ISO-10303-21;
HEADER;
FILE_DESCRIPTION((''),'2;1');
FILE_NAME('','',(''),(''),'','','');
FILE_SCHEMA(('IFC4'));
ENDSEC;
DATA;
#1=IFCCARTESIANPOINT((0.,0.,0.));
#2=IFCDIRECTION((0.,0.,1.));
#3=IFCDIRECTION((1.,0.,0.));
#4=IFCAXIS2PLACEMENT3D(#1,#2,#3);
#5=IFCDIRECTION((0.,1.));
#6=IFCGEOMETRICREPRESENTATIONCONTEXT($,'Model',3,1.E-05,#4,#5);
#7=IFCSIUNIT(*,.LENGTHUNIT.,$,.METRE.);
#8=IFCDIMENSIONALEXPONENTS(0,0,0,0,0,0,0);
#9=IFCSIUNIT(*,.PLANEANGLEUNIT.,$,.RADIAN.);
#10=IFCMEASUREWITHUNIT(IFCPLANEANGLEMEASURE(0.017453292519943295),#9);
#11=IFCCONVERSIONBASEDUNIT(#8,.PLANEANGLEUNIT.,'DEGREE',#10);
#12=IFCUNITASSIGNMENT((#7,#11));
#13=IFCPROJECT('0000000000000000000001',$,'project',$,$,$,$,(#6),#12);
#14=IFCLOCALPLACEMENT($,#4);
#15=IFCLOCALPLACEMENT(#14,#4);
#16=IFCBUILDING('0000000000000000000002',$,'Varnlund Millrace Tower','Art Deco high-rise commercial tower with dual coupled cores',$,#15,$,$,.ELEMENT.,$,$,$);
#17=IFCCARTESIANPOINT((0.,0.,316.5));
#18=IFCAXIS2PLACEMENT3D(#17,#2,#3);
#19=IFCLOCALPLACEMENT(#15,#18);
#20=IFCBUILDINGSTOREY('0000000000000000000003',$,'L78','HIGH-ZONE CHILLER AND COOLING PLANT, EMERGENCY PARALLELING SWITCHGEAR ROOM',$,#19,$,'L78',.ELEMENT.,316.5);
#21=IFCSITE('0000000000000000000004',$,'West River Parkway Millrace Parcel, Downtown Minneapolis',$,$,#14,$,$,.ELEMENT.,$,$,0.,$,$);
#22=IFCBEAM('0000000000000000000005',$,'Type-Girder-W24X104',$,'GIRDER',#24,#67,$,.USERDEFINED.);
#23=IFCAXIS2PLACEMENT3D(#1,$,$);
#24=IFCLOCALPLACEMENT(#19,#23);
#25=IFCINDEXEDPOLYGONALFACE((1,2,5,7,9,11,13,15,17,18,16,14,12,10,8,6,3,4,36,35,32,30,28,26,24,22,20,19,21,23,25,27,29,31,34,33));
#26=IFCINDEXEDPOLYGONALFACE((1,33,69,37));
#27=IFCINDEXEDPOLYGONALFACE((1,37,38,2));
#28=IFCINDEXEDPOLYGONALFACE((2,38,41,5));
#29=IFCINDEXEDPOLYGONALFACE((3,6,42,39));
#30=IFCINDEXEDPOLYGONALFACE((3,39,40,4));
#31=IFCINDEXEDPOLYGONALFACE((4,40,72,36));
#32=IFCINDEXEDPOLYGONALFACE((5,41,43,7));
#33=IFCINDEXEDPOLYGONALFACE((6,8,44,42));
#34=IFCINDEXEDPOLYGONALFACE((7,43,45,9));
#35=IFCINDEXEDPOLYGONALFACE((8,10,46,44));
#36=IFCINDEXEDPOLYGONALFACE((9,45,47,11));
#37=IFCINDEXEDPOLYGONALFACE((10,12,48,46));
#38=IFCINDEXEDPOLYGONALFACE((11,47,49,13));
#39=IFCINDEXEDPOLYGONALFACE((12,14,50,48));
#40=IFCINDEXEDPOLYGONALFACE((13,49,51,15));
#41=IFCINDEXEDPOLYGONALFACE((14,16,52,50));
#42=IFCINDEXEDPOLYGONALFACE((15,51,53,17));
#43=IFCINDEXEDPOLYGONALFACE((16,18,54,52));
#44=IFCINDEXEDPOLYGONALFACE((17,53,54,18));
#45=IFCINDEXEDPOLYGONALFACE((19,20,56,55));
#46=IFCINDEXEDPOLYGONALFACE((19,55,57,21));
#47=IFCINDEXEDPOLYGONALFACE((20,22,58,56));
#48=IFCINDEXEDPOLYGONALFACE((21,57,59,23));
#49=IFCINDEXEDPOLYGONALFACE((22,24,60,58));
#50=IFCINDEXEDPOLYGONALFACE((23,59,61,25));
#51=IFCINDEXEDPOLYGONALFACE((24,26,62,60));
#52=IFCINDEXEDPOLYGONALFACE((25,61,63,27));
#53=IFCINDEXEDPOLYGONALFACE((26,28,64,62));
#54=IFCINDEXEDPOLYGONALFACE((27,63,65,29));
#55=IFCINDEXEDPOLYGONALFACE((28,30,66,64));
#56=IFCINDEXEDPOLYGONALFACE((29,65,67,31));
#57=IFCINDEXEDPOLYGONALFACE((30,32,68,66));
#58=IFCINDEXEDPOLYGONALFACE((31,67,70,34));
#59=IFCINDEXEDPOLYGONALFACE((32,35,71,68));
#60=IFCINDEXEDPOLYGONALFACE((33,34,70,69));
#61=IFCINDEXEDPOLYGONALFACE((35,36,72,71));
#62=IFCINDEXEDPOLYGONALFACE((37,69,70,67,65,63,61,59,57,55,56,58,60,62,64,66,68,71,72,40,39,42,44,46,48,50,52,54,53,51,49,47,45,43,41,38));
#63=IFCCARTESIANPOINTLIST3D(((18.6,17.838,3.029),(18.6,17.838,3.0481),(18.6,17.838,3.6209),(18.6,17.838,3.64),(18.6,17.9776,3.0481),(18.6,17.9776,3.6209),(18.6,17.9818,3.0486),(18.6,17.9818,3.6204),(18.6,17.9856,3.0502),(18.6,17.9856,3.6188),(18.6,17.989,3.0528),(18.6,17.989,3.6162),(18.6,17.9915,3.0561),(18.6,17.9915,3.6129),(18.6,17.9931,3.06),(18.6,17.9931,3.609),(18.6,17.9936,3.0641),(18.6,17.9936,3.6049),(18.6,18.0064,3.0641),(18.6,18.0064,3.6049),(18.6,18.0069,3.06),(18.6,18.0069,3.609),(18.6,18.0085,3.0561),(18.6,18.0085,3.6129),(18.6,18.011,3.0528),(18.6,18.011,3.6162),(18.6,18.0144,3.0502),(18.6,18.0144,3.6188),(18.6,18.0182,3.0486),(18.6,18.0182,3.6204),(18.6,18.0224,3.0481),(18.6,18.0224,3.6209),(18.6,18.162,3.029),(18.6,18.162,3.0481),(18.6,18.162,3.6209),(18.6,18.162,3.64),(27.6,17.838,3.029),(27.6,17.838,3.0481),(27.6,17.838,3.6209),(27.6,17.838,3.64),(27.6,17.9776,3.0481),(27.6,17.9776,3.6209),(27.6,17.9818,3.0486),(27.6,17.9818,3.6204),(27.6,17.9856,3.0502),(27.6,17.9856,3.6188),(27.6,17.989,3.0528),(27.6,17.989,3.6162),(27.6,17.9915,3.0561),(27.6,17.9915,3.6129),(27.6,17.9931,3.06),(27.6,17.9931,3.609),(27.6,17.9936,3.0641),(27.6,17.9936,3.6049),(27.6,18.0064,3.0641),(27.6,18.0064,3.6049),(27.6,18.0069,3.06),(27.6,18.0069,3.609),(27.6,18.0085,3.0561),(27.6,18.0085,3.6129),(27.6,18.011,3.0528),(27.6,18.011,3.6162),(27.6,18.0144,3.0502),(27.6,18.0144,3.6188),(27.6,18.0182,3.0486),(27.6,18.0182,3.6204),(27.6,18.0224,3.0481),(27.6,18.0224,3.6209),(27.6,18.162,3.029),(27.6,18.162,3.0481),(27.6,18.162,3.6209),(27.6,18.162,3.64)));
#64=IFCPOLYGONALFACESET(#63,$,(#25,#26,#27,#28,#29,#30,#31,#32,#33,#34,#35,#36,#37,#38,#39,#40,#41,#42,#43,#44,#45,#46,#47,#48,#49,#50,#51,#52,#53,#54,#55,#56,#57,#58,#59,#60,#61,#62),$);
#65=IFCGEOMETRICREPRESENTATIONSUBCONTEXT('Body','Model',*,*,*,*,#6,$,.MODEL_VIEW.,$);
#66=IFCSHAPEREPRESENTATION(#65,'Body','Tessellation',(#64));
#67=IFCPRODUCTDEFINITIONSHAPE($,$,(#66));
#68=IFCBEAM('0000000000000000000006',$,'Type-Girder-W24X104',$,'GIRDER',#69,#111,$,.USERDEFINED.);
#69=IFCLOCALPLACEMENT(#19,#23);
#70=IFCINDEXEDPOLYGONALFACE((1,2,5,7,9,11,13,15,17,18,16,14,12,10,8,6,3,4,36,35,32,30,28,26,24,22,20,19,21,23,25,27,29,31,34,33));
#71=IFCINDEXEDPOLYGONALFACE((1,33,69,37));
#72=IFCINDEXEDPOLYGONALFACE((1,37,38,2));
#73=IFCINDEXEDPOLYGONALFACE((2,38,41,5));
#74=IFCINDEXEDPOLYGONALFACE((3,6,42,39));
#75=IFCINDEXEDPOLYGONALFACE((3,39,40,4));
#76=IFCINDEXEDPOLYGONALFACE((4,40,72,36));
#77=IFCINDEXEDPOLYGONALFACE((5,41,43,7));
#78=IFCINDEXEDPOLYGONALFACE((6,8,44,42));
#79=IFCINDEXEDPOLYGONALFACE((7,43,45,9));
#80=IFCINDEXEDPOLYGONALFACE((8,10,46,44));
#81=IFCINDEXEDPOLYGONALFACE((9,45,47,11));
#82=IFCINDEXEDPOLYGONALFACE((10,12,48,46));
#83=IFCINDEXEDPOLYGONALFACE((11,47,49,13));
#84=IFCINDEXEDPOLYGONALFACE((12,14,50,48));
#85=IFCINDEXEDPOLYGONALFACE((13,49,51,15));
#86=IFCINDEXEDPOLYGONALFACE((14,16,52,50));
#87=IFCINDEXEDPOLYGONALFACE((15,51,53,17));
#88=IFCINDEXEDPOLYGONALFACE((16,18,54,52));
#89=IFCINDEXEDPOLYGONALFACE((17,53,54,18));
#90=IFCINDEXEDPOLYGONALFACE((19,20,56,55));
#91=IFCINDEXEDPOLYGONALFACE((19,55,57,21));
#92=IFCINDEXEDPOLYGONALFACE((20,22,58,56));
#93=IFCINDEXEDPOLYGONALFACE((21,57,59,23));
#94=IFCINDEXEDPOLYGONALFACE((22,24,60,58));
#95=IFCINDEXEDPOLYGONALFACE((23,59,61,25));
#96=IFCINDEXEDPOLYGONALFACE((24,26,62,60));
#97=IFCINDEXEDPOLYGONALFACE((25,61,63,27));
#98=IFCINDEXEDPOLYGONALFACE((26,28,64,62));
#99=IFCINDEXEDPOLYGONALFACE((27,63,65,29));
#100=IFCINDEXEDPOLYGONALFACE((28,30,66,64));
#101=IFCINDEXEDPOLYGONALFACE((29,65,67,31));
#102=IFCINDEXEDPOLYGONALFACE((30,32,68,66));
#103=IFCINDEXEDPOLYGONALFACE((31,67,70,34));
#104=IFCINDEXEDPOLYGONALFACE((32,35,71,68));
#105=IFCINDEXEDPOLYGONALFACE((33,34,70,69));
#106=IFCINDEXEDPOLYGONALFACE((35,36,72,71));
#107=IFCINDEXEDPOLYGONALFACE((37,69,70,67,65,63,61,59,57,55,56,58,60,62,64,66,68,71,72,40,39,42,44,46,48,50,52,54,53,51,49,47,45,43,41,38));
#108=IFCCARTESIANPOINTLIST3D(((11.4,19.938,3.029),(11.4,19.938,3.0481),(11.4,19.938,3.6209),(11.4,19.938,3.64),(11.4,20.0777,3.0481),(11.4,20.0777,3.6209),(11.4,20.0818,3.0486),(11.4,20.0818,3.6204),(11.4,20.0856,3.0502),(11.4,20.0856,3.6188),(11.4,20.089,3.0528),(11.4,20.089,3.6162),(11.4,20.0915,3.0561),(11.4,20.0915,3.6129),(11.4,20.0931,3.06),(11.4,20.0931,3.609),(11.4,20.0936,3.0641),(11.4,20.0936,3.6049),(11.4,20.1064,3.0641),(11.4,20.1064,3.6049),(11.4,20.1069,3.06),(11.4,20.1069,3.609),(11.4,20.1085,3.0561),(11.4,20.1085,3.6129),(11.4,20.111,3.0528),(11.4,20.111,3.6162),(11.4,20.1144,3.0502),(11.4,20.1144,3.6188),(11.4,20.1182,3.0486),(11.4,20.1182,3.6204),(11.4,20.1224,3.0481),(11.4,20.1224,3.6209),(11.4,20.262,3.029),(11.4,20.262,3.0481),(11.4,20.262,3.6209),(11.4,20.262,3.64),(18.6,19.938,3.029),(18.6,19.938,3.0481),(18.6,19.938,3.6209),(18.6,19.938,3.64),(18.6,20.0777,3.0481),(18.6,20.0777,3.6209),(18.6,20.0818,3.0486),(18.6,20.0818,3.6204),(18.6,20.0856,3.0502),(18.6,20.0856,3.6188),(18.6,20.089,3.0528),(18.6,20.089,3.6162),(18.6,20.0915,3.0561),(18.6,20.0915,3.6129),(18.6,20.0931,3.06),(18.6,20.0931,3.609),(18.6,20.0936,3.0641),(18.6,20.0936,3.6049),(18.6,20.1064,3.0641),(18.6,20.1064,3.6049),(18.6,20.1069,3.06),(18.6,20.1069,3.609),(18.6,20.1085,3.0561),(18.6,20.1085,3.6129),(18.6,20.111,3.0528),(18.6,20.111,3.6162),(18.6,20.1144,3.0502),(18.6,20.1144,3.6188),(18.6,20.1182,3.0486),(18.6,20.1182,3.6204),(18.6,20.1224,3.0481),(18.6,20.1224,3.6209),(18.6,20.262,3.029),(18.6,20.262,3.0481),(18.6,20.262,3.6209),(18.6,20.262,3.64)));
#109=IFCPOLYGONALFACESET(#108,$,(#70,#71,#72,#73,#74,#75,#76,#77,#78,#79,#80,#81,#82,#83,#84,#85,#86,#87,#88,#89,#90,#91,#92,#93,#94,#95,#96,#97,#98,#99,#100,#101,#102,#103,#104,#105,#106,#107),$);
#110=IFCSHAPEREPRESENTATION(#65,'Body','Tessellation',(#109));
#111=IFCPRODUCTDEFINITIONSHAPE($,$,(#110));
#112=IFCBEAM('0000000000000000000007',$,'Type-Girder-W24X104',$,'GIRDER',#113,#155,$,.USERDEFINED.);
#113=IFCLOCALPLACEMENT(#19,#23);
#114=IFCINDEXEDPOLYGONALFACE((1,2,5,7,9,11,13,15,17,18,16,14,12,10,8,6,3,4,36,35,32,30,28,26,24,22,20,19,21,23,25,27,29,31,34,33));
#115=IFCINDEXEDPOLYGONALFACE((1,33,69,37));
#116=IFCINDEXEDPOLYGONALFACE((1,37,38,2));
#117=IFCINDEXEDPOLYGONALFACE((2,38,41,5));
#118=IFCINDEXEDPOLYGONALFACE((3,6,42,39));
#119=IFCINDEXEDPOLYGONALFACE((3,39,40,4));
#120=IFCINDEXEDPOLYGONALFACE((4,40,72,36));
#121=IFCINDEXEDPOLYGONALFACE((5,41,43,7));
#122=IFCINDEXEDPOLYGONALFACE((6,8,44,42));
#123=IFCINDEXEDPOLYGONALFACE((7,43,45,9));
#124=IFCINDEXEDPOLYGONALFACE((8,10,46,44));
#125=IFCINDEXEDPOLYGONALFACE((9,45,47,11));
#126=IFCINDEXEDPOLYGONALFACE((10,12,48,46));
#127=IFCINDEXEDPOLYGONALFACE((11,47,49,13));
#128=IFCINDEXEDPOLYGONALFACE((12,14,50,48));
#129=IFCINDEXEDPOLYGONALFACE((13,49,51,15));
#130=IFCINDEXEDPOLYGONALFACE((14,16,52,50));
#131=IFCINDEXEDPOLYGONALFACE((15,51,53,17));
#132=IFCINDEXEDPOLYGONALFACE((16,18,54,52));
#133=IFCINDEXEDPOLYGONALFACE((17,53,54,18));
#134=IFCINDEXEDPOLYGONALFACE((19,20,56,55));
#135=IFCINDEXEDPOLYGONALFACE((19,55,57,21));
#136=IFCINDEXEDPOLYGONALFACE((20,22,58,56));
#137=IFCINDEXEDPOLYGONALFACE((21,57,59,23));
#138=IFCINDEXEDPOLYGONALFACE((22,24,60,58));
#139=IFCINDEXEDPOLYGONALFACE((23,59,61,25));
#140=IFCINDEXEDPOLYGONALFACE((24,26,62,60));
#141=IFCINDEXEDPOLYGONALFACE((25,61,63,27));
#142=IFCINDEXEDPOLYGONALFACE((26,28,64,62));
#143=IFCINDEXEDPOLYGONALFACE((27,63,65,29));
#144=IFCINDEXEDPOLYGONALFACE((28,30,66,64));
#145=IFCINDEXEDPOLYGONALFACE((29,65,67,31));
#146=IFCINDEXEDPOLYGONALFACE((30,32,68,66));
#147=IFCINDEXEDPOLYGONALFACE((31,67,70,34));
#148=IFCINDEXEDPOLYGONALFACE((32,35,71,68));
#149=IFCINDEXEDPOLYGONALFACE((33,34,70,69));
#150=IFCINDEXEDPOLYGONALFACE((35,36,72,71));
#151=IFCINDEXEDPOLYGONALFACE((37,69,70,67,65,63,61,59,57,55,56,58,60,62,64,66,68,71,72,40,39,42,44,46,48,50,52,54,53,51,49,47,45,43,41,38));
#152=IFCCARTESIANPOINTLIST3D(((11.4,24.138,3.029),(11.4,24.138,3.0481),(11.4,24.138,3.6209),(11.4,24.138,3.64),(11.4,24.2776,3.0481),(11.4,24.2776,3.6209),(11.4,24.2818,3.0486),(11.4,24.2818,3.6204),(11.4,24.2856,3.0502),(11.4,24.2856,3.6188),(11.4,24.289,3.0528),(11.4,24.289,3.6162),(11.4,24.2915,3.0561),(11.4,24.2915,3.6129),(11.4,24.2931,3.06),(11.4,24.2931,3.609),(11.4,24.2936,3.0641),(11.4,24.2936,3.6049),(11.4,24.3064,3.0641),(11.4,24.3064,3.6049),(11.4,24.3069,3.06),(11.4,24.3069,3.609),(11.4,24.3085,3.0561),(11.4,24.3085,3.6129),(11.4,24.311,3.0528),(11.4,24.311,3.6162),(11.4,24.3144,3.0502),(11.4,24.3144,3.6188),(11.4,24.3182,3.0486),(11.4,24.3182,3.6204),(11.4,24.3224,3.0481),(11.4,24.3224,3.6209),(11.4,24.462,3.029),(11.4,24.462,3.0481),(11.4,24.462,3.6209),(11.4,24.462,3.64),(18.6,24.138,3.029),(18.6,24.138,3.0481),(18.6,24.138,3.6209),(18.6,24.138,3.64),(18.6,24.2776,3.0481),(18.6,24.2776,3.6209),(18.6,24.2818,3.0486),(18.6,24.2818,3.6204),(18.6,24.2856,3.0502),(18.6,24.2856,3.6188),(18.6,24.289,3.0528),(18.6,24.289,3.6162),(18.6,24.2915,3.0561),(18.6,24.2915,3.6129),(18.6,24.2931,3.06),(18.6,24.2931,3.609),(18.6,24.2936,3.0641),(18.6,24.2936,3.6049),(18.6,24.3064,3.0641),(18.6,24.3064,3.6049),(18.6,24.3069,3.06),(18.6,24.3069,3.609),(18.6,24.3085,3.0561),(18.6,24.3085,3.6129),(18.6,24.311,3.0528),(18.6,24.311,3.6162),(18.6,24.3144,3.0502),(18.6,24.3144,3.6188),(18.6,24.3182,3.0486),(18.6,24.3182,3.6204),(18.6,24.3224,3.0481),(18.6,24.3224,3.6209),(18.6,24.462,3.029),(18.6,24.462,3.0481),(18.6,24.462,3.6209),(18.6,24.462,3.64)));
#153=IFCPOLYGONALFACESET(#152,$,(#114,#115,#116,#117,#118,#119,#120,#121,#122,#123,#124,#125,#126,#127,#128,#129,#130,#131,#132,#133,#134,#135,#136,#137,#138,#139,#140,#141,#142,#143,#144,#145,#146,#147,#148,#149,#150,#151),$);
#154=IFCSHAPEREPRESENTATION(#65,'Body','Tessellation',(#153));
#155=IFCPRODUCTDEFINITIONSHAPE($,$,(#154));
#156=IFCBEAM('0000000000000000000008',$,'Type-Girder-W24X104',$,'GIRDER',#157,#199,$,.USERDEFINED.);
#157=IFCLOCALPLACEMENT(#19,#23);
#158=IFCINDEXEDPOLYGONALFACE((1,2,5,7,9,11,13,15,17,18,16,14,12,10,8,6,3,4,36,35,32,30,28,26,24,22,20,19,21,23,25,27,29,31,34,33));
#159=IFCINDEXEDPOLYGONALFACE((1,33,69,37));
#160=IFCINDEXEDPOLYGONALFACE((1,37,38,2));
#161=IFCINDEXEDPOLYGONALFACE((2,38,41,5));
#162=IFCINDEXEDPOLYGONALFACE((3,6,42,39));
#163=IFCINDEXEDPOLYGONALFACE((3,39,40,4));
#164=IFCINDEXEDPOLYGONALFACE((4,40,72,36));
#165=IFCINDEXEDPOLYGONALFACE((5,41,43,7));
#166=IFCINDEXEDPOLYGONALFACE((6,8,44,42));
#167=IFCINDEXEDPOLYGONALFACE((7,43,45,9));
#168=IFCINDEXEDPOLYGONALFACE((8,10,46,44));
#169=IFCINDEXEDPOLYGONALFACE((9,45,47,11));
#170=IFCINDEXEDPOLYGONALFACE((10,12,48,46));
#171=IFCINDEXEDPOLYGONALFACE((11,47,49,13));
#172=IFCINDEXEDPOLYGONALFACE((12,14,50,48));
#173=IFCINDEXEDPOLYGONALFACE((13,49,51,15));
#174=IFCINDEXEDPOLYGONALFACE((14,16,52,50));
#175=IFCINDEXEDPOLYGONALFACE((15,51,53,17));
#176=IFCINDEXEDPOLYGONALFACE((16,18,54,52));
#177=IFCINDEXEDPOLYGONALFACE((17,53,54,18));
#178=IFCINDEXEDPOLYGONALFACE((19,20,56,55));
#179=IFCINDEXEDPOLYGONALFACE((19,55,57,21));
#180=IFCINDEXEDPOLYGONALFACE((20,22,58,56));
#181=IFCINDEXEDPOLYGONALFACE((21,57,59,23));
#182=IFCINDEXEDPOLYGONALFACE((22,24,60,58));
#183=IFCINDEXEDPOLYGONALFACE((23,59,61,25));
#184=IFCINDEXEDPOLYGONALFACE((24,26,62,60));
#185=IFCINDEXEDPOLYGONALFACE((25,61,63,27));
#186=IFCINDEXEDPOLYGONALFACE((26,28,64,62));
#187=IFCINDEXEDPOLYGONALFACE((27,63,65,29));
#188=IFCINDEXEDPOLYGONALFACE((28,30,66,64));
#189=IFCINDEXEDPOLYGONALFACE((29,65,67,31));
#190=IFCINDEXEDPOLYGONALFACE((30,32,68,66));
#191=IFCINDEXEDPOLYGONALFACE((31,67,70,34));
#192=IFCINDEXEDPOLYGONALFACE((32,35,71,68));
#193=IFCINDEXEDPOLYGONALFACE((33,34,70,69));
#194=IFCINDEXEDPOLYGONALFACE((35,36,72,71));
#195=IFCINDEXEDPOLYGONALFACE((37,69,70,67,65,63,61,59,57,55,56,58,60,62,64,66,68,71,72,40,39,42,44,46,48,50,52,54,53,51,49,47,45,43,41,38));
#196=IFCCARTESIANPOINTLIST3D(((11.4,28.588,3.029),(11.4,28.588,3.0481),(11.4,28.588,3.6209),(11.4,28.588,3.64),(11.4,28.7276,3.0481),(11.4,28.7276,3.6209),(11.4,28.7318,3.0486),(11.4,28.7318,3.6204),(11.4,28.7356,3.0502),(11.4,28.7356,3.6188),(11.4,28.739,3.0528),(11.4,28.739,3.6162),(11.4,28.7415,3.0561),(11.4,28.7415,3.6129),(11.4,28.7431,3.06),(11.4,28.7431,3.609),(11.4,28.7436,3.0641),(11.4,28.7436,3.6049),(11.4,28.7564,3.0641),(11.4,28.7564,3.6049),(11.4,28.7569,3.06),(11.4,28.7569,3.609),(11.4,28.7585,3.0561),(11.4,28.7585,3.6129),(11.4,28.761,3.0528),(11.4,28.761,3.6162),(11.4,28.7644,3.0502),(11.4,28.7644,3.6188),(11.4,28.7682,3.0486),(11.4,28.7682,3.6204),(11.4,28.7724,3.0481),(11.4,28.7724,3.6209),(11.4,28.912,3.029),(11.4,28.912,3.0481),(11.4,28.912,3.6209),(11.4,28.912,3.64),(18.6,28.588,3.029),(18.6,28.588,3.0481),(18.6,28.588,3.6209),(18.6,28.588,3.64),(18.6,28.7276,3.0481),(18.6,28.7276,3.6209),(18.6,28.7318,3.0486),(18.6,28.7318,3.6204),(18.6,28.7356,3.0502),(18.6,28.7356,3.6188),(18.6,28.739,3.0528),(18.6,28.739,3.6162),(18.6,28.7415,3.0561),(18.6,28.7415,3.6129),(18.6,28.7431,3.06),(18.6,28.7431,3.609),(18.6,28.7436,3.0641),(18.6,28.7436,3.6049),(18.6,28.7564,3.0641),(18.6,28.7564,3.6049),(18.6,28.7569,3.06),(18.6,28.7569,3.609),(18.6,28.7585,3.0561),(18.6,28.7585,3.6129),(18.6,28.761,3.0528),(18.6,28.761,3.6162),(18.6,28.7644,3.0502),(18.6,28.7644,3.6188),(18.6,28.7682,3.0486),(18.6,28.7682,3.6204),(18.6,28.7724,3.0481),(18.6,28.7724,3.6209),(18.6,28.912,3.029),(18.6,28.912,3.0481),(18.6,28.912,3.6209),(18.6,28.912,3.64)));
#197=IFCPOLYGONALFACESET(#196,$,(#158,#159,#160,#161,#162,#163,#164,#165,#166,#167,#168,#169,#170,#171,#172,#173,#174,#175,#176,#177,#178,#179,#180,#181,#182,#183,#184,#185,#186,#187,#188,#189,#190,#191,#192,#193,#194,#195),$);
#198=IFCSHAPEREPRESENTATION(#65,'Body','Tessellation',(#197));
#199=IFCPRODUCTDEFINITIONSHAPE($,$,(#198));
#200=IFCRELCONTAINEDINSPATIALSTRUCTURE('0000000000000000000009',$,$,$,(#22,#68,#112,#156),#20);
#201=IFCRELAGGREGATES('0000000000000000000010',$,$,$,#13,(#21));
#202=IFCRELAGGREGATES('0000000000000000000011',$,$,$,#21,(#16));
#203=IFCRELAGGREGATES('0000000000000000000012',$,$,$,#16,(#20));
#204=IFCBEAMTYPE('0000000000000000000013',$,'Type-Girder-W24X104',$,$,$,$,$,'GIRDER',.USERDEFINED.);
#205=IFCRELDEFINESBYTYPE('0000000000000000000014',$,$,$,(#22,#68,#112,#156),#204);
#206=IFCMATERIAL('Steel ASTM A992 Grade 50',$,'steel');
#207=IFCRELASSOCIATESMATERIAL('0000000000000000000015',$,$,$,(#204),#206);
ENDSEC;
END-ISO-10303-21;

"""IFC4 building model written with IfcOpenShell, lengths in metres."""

from ifc_helpers import new_model, entity, si_unit, converted_unit, direction, frame, origin_with_axes, origin_2d_with_axis, place, context, subcontext, project, spatial, i_section, extrude, material, material_profile, profile_set, type_object, element, save


model = new_model("IFC4")

# Units and contexts
model_context = context("Model", 3, precision=1e-05, world=origin_with_axes(), true_north=direction((0.0, 1.0)))
body_context = subcontext(model_context, "Body", "Model", "MODEL_VIEW")
ifc_project = project(units=[si_unit("LENGTHUNIT", "METRE"), converted_unit("PLANEANGLEUNIT", "DEGREE", entity("IfcPlaneAngleMeasure", 0.017453292519943295), si_unit("PLANEANGLEUNIT", "RADIAN"), dimensions=[0, 0, 0, 0, 0, 0, 0])], contexts=[model_context])

# Site, building, storey
site_placement = place(None, origin_with_axes())
site = spatial("IfcSite", under=ifc_project, at=site_placement, Name="West River Parkway Millrace Parcel, Downtown Minneapolis", CompositionType="ELEMENT", RefElevation=0.0)
building_placement = place(site_placement, origin_with_axes())
building = spatial("IfcBuilding", under=site, at=building_placement, Name="Varnlund Millrace Tower", Description="Art Deco high-rise commercial tower with dual coupled cores", CompositionType="ELEMENT")
storey_placement = place(building_placement, frame((0.0, 0.0, 316.5), z_axis=(0.0, 0.0, 1.0), x_axis=(1.0, 0.0, 0.0)))
storey = spatial("IfcBuildingStorey", under=building, at=storey_placement, Name="L78", Description="HIGH-ZONE CHILLER AND COOLING PLANT, EMERGENCY PARALLELING SWITCHGEAR ROOM", LongName="L78", CompositionType="ELEMENT", Elevation=316.5)

# Shared definitions
ifc_material_1 = material(Name="Steel ASTM A992 Grade 50", Category="steel")

# Beams
ifc_material_profile_1 = material_profile(ifc_material_1, i_section(OverallWidth=0.324, OverallDepth=0.611, WebThickness=0.0127, FlangeThickness=0.0191, FilletRadius=0.016, at=origin_2d_with_axis()), Name="Steel ASTM A992 Grade 50")
ifc_profile_set_1 = profile_set([ifc_material_profile_1], Name="Steel ASTM A992 Grade 50")
beam_type_1 = type_object("IfcBeamType", Name="Type-Girder-W24X104", ElementType="GIRDER", PredefinedType="USERDEFINED", material=ifc_profile_set_1)
for number, where, z_axis, x_axis, name in (
    (1, (18.6, 18.0, 3.3345), (1.0, 0.0, 0.0), (0.0, 1.0, 0.0), "Type-Girder-W24X104"),
):
    element("IfcBeam", number, at=place(storey_placement, frame(where, z_axis=z_axis, x_axis=x_axis)), inside=storey, type_object=beam_type_1, Name=name, ObjectType="GIRDER", PredefinedType="USERDEFINED", context=body_context, shape_type="SweptSolid", body=[
        extrude(i_section(OverallWidth=0.324, OverallDepth=0.611, WebThickness=0.0127, FlangeThickness=0.0191, FilletRadius=0.016, at=origin_2d_with_axis()), origin_with_axes(), (0.0, 0.0, 1.0), 9.0),
    ])
for number, where, z_axis, x_axis, name in (
    (2, (11.4, 20.1, 3.3345), (1.0, 0.0, 0.0), (0.0, 1.0, 0.0), "Type-Girder-W24X104"),
    (3, (11.4, 24.3, 3.3345), (1.0, 0.0, 0.0), (0.0, 1.0, 0.0), "Type-Girder-W24X104"),
    (4, (11.4, 28.75, 3.3345), (1.0, 0.0, 0.0), (0.0, 1.0, 0.0), "Type-Girder-W24X104"),
):
    element("IfcBeam", number, at=place(storey_placement, frame(where, z_axis=z_axis, x_axis=x_axis)), inside=storey, type_object=beam_type_1, Name=name, ObjectType="GIRDER", PredefinedType="USERDEFINED", context=body_context, shape_type="SweptSolid", body=[
        extrude(i_section(OverallWidth=0.324, OverallDepth=0.611, WebThickness=0.0127, FlangeThickness=0.0191, FilletRadius=0.016, at=origin_2d_with_axis()), origin_with_axes(), (0.0, 0.0, 1.0), 7.2),
    ])

save(model, "model.ifc")
